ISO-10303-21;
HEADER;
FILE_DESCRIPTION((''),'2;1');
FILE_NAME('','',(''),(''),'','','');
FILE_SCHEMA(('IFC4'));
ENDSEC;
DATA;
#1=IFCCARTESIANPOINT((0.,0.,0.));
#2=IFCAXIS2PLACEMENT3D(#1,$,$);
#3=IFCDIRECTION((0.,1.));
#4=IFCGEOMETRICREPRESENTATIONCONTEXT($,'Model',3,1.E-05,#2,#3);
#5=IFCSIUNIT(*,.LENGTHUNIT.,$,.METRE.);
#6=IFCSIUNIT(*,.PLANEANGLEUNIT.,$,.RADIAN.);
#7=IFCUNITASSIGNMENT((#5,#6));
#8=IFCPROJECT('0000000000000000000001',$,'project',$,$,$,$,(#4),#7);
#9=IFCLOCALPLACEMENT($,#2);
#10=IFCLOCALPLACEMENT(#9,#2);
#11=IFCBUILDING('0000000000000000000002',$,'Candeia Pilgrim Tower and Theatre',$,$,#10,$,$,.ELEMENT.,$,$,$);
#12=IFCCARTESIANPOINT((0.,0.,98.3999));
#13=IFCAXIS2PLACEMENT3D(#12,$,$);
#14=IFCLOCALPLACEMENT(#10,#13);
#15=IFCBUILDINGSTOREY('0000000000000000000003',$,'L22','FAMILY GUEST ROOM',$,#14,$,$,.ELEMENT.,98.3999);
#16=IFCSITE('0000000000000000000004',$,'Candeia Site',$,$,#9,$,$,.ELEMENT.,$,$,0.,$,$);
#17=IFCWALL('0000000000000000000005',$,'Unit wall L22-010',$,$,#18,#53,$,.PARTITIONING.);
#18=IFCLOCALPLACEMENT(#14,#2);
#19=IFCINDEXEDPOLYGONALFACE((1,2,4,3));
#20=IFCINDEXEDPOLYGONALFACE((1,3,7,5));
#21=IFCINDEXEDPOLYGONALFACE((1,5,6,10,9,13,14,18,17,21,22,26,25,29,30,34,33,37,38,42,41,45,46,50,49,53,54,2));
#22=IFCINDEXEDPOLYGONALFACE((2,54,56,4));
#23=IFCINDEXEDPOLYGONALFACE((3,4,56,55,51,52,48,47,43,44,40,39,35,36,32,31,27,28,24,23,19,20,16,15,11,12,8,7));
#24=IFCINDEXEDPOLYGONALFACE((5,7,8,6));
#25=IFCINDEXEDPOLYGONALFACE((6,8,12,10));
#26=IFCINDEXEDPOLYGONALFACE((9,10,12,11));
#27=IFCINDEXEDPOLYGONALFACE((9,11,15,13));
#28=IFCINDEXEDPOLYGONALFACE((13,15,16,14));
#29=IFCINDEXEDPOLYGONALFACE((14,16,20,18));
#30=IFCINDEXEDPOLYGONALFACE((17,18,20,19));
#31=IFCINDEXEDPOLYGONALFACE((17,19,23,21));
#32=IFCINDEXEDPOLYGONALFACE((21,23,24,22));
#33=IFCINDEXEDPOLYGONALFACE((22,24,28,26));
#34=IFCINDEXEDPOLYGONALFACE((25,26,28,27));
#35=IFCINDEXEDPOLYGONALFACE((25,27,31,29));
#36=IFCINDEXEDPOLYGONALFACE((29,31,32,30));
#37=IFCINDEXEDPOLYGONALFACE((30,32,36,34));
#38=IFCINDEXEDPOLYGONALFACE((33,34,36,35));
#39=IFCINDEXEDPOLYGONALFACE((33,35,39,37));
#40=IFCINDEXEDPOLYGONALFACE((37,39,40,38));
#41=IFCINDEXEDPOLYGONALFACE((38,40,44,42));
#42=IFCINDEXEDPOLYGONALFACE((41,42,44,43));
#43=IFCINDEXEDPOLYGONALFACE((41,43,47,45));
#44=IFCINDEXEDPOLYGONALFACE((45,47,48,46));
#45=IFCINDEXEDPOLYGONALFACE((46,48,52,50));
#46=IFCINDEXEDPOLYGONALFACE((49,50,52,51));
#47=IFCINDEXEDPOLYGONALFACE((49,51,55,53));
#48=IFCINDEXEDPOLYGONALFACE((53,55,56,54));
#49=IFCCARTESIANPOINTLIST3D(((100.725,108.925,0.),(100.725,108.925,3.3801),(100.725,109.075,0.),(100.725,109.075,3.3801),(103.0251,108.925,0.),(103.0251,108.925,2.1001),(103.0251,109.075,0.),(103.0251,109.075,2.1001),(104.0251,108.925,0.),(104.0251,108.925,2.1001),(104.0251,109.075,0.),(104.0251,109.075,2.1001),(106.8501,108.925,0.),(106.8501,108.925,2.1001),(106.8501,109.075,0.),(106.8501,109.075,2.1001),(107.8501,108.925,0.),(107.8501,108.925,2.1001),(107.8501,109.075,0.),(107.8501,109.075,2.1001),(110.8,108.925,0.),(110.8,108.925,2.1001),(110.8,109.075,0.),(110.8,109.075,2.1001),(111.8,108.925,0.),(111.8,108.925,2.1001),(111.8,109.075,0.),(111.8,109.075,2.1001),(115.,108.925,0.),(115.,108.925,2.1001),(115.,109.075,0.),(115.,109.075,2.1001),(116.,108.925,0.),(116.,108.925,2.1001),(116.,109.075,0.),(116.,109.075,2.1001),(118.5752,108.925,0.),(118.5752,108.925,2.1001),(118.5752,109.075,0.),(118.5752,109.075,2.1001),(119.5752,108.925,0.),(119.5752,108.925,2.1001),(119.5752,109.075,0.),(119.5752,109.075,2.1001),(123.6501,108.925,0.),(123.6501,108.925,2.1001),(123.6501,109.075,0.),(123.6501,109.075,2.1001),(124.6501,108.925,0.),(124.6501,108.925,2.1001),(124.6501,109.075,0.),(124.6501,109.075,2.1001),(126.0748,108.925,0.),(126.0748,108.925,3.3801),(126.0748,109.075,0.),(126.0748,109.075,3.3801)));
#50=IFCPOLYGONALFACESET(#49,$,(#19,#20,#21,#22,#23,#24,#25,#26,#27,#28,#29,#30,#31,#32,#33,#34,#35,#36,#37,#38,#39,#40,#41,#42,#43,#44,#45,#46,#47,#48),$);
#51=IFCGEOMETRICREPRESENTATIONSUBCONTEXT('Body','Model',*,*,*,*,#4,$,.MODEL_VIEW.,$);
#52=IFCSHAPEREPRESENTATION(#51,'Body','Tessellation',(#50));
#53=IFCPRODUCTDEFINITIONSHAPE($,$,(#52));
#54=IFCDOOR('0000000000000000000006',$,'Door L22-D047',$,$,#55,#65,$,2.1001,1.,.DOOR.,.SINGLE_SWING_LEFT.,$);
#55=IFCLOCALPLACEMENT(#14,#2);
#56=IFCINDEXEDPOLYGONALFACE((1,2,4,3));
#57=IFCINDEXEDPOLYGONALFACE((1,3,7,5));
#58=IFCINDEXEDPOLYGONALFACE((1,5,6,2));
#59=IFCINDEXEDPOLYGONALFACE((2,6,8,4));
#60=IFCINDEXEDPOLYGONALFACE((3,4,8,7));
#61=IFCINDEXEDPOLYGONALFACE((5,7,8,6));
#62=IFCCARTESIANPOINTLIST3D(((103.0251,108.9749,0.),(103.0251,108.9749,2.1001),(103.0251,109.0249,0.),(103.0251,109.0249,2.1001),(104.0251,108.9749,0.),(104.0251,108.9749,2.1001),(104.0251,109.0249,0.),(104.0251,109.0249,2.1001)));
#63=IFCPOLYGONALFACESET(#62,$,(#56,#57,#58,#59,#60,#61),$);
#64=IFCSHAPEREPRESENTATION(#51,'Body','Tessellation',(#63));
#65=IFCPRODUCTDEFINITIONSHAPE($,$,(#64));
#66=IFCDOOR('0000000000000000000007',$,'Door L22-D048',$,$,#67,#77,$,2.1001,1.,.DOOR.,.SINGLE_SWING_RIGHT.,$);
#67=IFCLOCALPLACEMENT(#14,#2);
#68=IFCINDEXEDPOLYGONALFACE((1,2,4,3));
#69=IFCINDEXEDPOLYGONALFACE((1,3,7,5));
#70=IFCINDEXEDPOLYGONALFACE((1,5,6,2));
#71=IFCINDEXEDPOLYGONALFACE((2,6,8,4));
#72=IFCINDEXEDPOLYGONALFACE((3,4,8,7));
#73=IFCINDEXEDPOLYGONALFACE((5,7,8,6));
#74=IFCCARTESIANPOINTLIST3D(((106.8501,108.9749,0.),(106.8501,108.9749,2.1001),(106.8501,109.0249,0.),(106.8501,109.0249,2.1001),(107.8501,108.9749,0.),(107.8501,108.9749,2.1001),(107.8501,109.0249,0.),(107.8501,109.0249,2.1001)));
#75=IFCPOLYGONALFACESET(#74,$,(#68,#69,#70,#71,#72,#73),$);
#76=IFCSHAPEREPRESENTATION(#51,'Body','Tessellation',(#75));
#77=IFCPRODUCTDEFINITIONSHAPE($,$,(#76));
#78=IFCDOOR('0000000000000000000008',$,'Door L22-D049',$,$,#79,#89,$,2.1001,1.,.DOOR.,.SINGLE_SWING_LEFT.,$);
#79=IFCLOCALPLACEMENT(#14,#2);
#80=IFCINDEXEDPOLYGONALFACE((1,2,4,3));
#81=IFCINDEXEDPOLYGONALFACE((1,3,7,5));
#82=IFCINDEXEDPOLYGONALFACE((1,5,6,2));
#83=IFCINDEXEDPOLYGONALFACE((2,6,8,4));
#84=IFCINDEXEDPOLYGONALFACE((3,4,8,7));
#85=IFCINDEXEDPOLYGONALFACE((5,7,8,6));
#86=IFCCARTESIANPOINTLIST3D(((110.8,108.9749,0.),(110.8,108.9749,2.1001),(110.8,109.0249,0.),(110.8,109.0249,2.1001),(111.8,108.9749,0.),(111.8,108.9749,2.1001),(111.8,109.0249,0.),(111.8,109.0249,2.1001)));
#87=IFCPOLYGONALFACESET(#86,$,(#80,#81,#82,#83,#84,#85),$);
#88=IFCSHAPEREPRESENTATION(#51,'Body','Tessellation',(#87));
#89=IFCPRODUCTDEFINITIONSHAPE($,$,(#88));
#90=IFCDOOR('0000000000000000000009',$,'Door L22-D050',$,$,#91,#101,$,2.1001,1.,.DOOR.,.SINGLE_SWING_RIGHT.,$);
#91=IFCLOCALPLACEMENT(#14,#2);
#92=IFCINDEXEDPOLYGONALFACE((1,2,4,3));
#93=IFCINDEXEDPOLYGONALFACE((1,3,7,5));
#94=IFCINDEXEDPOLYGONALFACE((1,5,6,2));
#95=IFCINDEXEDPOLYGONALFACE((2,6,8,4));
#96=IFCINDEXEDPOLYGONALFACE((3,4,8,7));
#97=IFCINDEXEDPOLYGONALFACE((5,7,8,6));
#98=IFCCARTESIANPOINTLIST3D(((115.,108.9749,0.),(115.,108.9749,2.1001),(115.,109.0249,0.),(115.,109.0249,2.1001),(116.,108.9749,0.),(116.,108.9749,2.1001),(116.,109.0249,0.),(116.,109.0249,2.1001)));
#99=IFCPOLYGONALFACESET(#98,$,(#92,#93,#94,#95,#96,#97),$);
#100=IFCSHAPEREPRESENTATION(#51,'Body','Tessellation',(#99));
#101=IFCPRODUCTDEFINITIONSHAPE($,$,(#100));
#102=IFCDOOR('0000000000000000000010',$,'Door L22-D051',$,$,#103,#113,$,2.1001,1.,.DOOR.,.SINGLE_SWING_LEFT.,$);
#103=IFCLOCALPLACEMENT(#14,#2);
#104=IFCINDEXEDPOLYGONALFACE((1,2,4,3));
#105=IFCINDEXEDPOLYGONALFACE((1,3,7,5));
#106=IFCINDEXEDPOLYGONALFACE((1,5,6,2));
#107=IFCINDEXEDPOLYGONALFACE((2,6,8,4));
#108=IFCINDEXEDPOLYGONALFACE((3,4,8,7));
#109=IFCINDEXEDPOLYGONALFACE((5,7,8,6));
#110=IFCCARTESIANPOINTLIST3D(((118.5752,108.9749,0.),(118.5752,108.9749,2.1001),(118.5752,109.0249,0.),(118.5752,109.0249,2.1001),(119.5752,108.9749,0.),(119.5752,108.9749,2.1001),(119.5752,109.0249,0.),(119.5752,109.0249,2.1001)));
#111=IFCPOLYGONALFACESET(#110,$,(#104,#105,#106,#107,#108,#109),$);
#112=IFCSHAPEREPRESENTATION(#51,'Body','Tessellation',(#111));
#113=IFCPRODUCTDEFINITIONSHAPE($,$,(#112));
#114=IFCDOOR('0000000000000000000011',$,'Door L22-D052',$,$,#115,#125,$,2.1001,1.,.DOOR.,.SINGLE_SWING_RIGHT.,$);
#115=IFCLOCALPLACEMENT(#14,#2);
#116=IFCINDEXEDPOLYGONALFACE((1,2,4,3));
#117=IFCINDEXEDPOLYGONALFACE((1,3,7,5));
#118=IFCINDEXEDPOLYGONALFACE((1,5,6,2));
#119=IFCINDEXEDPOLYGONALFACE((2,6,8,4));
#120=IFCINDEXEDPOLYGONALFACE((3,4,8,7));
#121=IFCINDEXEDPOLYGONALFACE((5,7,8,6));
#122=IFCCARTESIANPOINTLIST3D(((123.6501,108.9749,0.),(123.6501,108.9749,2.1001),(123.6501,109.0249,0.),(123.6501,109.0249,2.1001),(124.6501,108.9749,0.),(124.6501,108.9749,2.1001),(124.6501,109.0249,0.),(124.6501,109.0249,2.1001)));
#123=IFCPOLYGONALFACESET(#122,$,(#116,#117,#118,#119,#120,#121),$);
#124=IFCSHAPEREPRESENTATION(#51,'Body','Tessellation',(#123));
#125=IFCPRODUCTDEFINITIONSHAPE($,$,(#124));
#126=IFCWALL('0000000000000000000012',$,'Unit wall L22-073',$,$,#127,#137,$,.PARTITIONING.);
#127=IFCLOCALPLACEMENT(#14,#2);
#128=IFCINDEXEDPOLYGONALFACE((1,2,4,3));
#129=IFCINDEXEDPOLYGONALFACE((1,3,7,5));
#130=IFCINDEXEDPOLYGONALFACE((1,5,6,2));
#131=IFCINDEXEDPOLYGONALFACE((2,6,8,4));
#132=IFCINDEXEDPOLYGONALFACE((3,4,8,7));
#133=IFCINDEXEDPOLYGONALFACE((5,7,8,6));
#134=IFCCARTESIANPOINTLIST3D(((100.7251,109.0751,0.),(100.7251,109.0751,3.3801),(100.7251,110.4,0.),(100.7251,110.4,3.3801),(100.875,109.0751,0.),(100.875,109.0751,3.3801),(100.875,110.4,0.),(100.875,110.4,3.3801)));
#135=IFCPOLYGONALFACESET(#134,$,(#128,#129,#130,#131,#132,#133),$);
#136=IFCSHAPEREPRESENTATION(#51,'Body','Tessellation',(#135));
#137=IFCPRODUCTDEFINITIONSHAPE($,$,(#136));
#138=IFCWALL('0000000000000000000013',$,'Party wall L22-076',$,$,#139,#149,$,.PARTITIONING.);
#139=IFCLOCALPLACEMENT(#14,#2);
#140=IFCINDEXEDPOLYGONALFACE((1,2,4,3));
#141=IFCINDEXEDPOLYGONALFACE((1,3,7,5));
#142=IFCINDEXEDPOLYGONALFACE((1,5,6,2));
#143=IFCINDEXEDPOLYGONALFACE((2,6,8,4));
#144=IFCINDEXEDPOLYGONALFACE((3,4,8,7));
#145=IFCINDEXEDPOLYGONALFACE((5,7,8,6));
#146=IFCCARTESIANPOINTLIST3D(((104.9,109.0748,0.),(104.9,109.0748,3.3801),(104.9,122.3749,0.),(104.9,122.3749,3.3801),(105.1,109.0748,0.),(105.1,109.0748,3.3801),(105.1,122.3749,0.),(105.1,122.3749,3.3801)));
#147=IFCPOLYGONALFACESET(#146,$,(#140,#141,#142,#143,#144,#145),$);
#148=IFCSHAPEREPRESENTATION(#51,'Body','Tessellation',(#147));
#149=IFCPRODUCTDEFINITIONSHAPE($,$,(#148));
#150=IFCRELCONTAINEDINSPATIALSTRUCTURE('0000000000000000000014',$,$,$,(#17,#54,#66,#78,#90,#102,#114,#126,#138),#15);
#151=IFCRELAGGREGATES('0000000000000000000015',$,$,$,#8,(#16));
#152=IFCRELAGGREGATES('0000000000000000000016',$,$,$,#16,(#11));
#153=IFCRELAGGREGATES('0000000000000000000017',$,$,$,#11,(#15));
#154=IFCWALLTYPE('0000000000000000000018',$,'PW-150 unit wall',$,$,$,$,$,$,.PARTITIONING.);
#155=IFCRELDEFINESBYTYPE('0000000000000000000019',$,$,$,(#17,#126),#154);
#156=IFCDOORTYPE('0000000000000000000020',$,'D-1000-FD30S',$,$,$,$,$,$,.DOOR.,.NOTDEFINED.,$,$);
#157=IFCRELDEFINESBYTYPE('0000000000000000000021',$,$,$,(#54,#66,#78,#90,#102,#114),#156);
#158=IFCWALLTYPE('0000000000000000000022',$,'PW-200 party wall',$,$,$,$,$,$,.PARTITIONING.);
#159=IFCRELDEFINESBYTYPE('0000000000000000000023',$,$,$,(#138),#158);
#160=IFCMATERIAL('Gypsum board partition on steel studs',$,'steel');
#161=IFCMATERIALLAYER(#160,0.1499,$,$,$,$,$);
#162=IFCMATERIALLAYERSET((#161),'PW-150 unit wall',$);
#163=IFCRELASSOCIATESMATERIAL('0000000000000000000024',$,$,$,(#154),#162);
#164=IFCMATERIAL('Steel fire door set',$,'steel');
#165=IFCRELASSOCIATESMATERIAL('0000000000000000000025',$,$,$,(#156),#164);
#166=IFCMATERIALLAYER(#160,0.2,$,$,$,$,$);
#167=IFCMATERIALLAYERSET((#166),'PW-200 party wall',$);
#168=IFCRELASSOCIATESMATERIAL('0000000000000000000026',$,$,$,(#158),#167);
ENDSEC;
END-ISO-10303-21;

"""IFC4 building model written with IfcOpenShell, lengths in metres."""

from ifc_helpers import new_model, si_unit, direction, frame, frame_2d, origin, place, context, subcontext, project, spatial, rectangle, extrude, material, layer, layer_set, type_object, element, fill, save


model = new_model("IFC4")

# Units and contexts
model_context = context("Model", 3, precision=1e-05, world=origin(), true_north=direction((0.0, 1.0)))
body_context = subcontext(model_context, "Body", "Model", "MODEL_VIEW")
ifc_project = project(units=[si_unit("LENGTHUNIT", "METRE"), si_unit("PLANEANGLEUNIT", "RADIAN")], contexts=[model_context])

# Site, building, storey
site_placement = place(None, origin())
site = spatial("IfcSite", under=ifc_project, at=site_placement, Name="Candeia Site", CompositionType="ELEMENT", RefElevation=0.0)
building_placement = place(site_placement, origin())
building = spatial("IfcBuilding", under=site, at=building_placement, Name="Candeia Pilgrim Tower and Theatre", CompositionType="ELEMENT")
storey_placement = place(building_placement, frame((0.0, 0.0, 98.3999)))
storey = spatial("IfcBuildingStorey", under=building, at=storey_placement, Name="L22", Description="FAMILY GUEST ROOM", CompositionType="ELEMENT", Elevation=98.3999)

# Shared definitions
ifc_material_1 = material(Name="Steel fire door set", Category="steel")
ifc_material_2 = material(Name="Gypsum board partition on steel studs", Category="steel")

# Wall, openings, doors
ifc_layer_1 = layer(ifc_material_2, 0.1499)
ifc_layer_set_1 = layer_set([ifc_layer_1], Name="PW-150 unit wall")
wall_type_1 = type_object("IfcWallType", Name="PW-150 unit wall", PredefinedType="PARTITIONING", material=ifc_layer_set_1)
wall_1_placement = place(storey_placement, frame((100.7251, 109.0, 0.0), z_axis=(0.0, 0.0, 1.0), x_axis=(1.0, 0.0, 0.0)))
wall_1 = element("IfcWall", 1, at=wall_1_placement, inside=storey, type_object=wall_type_1, Name="Unit wall L22-010", PredefinedType="PARTITIONING", context=body_context, shape_type="SweptSolid", body=[
    extrude(rectangle(XDim=25.3499, YDim=0.1499, at=frame_2d((12.6748, 0.0))), origin(), (0.0, 0.0, 1.0), 3.3801),
])
opening_1_placement = place(wall_1_placement, frame((2.3, 0.0, 0.0)))
opening_1 = element("IfcOpeningElement", 2, at=opening_1_placement, cuts=wall_1, PredefinedType="OPENING", context=body_context, shape_type="SweptSolid", body=[
    extrude(rectangle(XDim=1.0, YDim=2.1001, at=frame_2d((0.5, 1.05))), frame((0.0, 0.085, 0.0), z_axis=(0.0, -1.0, 0.0), x_axis=(1.0, 0.0, 0.0)), (0.0, 0.0, 1.0), 0.1699),
])
opening_2_placement = place(wall_1_placement, frame((6.125, 0.0, 0.0)))
opening_2 = element("IfcOpeningElement", 3, at=opening_2_placement, cuts=wall_1, PredefinedType="OPENING", context=body_context, shape_type="SweptSolid", body=[
    extrude(rectangle(XDim=1.0, YDim=2.1001, at=frame_2d((0.5, 1.05))), frame((0.0, 0.085, 0.0), z_axis=(0.0, -1.0, 0.0), x_axis=(1.0, 0.0, 0.0)), (0.0, 0.0, 1.0), 0.1699),
])
opening_3_placement = place(wall_1_placement, frame((10.075, 0.0, 0.0)))
opening_3 = element("IfcOpeningElement", 4, at=opening_3_placement, cuts=wall_1, PredefinedType="OPENING", context=body_context, shape_type="SweptSolid", body=[
    extrude(rectangle(XDim=1.0, YDim=2.1001, at=frame_2d((0.5, 1.05))), frame((0.0, 0.085, 0.0), z_axis=(0.0, -1.0, 0.0), x_axis=(1.0, 0.0, 0.0)), (0.0, 0.0, 1.0), 0.1699),
])
opening_4_placement = place(wall_1_placement, frame((14.2749, 0.0, 0.0)))
opening_4 = element("IfcOpeningElement", 5, at=opening_4_placement, cuts=wall_1, PredefinedType="OPENING", context=body_context, shape_type="SweptSolid", body=[
    extrude(rectangle(XDim=1.0, YDim=2.1001, at=frame_2d((0.5, 1.05))), frame((0.0, 0.085, 0.0), z_axis=(0.0, -1.0, 0.0), x_axis=(1.0, 0.0, 0.0)), (0.0, 0.0, 1.0), 0.1699),
])
opening_5_placement = place(wall_1_placement, frame((17.8501, 0.0, 0.0)))
opening_5 = element("IfcOpeningElement", 6, at=opening_5_placement, cuts=wall_1, PredefinedType="OPENING", context=body_context, shape_type="SweptSolid", body=[
    extrude(rectangle(XDim=1.0, YDim=2.1001, at=frame_2d((0.5, 1.05))), frame((0.0, 0.085, 0.0), z_axis=(0.0, -1.0, 0.0), x_axis=(1.0, 0.0, 0.0)), (0.0, 0.0, 1.0), 0.1699),
])
opening_6_placement = place(wall_1_placement, frame((22.925, 0.0, 0.0)))
opening_6 = element("IfcOpeningElement", 7, at=opening_6_placement, cuts=wall_1, PredefinedType="OPENING", context=body_context, shape_type="SweptSolid", body=[
    extrude(rectangle(XDim=1.0, YDim=2.1001, at=frame_2d((0.5, 1.05))), frame((0.0, 0.085, 0.0), z_axis=(0.0, -1.0, 0.0), x_axis=(1.0, 0.0, 0.0)), (0.0, 0.0, 1.0), 0.1699),
])
door_type_1 = type_object("IfcDoorType", Name="D-1000-FD30S", OperationType="NOTDEFINED", PredefinedType="DOOR", material=ifc_material_1)
door_1_placement = place(opening_1_placement, origin())
door_1 = element("IfcDoor", 8, at=door_1_placement, inside=storey, type_object=door_type_1, Name="Door L22-D047", OperationType="SINGLE_SWING_LEFT", OverallHeight=2.1001, OverallWidth=1.0, PredefinedType="DOOR", context=body_context, shape_type="SweptSolid", body=[
    extrude(rectangle(XDim=1.0, YDim=2.1001, at=frame_2d((0.5, 1.05))), frame((0.0, 0.0249, 0.0), z_axis=(0.0, -1.0, 0.0), x_axis=(1.0, 0.0, 0.0)), (0.0, 0.0, 1.0), 0.05),
])
fill(opening_1, door_1)
door_2_placement = place(opening_2_placement, origin())
door_2 = element("IfcDoor", 9, at=door_2_placement, inside=storey, type_object=door_type_1, Name="Door L22-D048", OperationType="SINGLE_SWING_RIGHT", OverallHeight=2.1001, OverallWidth=1.0, PredefinedType="DOOR", context=body_context, shape_type="SweptSolid", body=[
    extrude(rectangle(XDim=1.0, YDim=2.1001, at=frame_2d((0.5, 1.05))), frame((0.0, 0.0249, 0.0), z_axis=(0.0, -1.0, 0.0), x_axis=(1.0, 0.0, 0.0)), (0.0, 0.0, 1.0), 0.05),
])
fill(opening_2, door_2)
door_3_placement = place(opening_3_placement, origin())
door_3 = element("IfcDoor", 10, at=door_3_placement, inside=storey, type_object=door_type_1, Name="Door L22-D049", OperationType="SINGLE_SWING_LEFT", OverallHeight=2.1001, OverallWidth=1.0, PredefinedType="DOOR", context=body_context, shape_type="SweptSolid", body=[
    extrude(rectangle(XDim=1.0, YDim=2.1001, at=frame_2d((0.5, 1.05))), frame((0.0, 0.0249, 0.0), z_axis=(0.0, -1.0, 0.0), x_axis=(1.0, 0.0, 0.0)), (0.0, 0.0, 1.0), 0.05),
])
fill(opening_3, door_3)
door_4_placement = place(opening_4_placement, origin())
door_4 = element("IfcDoor", 11, at=door_4_placement, inside=storey, type_object=door_type_1, Name="Door L22-D050", OperationType="SINGLE_SWING_RIGHT", OverallHeight=2.1001, OverallWidth=1.0, PredefinedType="DOOR", context=body_context, shape_type="SweptSolid", body=[
    extrude(rectangle(XDim=1.0, YDim=2.1001, at=frame_2d((0.5, 1.05))), frame((0.0, 0.0249, 0.0), z_axis=(0.0, -1.0, 0.0), x_axis=(1.0, 0.0, 0.0)), (0.0, 0.0, 1.0), 0.05),
])
fill(opening_4, door_4)
door_5_placement = place(opening_5_placement, origin())
door_5 = element("IfcDoor", 12, at=door_5_placement, inside=storey, type_object=door_type_1, Name="Door L22-D051", OperationType="SINGLE_SWING_LEFT", OverallHeight=2.1001, OverallWidth=1.0, PredefinedType="DOOR", context=body_context, shape_type="SweptSolid", body=[
    extrude(rectangle(XDim=1.0, YDim=2.1001, at=frame_2d((0.5, 1.05))), frame((0.0, 0.0249, 0.0), z_axis=(0.0, -1.0, 0.0), x_axis=(1.0, 0.0, 0.0)), (0.0, 0.0, 1.0), 0.05),
])
fill(opening_5, door_5)
door_6_placement = place(opening_6_placement, origin())
door_6 = element("IfcDoor", 13, at=door_6_placement, inside=storey, type_object=door_type_1, Name="Door L22-D052", OperationType="SINGLE_SWING_RIGHT", OverallHeight=2.1001, OverallWidth=1.0, PredefinedType="DOOR", context=body_context, shape_type="SweptSolid", body=[
    extrude(rectangle(XDim=1.0, YDim=2.1001, at=frame_2d((0.5, 1.05))), frame((0.0, 0.0249, 0.0), z_axis=(0.0, -1.0, 0.0), x_axis=(1.0, 0.0, 0.0)), (0.0, 0.0, 1.0), 0.05),
])
fill(opening_6, door_6)

# Walls
wall_2_placement = place(storey_placement, frame((100.8, 109.075, 0.0), z_axis=(0.0, 0.0, 1.0), x_axis=(0.0, 1.0, 0.0)))
element("IfcWall", 14, at=wall_2_placement, inside=storey, type_object=wall_type_1, Name="Unit wall L22-073", PredefinedType="PARTITIONING", context=body_context, shape_type="SweptSolid", body=[
    extrude(rectangle(XDim=1.325, YDim=0.1499, at=frame_2d((0.6626, 0.0))), origin(), (0.0, 0.0, 1.0), 3.3801),
])
ifc_layer_2 = layer(ifc_material_2, 0.2)
ifc_layer_set_2 = layer_set([ifc_layer_2], Name="PW-200 party wall")
wall_type_2 = type_object("IfcWallType", Name="PW-200 party wall", PredefinedType="PARTITIONING", material=ifc_layer_set_2)
wall_3_placement = place(storey_placement, frame((105.0, 109.075, 0.0), z_axis=(0.0, 0.0, 1.0), x_axis=(0.0, 1.0, 0.0)))
element("IfcWall", 15, at=wall_3_placement, inside=storey, type_object=wall_type_2, Name="Party wall L22-076", PredefinedType="PARTITIONING", context=body_context, shape_type="SweptSolid", body=[
    extrude(rectangle(XDim=13.3, YDim=0.2, at=frame_2d((6.6499, 0.0))), origin(), (0.0, 0.0, 1.0), 3.3801),
])

save(model, "model.ifc")
